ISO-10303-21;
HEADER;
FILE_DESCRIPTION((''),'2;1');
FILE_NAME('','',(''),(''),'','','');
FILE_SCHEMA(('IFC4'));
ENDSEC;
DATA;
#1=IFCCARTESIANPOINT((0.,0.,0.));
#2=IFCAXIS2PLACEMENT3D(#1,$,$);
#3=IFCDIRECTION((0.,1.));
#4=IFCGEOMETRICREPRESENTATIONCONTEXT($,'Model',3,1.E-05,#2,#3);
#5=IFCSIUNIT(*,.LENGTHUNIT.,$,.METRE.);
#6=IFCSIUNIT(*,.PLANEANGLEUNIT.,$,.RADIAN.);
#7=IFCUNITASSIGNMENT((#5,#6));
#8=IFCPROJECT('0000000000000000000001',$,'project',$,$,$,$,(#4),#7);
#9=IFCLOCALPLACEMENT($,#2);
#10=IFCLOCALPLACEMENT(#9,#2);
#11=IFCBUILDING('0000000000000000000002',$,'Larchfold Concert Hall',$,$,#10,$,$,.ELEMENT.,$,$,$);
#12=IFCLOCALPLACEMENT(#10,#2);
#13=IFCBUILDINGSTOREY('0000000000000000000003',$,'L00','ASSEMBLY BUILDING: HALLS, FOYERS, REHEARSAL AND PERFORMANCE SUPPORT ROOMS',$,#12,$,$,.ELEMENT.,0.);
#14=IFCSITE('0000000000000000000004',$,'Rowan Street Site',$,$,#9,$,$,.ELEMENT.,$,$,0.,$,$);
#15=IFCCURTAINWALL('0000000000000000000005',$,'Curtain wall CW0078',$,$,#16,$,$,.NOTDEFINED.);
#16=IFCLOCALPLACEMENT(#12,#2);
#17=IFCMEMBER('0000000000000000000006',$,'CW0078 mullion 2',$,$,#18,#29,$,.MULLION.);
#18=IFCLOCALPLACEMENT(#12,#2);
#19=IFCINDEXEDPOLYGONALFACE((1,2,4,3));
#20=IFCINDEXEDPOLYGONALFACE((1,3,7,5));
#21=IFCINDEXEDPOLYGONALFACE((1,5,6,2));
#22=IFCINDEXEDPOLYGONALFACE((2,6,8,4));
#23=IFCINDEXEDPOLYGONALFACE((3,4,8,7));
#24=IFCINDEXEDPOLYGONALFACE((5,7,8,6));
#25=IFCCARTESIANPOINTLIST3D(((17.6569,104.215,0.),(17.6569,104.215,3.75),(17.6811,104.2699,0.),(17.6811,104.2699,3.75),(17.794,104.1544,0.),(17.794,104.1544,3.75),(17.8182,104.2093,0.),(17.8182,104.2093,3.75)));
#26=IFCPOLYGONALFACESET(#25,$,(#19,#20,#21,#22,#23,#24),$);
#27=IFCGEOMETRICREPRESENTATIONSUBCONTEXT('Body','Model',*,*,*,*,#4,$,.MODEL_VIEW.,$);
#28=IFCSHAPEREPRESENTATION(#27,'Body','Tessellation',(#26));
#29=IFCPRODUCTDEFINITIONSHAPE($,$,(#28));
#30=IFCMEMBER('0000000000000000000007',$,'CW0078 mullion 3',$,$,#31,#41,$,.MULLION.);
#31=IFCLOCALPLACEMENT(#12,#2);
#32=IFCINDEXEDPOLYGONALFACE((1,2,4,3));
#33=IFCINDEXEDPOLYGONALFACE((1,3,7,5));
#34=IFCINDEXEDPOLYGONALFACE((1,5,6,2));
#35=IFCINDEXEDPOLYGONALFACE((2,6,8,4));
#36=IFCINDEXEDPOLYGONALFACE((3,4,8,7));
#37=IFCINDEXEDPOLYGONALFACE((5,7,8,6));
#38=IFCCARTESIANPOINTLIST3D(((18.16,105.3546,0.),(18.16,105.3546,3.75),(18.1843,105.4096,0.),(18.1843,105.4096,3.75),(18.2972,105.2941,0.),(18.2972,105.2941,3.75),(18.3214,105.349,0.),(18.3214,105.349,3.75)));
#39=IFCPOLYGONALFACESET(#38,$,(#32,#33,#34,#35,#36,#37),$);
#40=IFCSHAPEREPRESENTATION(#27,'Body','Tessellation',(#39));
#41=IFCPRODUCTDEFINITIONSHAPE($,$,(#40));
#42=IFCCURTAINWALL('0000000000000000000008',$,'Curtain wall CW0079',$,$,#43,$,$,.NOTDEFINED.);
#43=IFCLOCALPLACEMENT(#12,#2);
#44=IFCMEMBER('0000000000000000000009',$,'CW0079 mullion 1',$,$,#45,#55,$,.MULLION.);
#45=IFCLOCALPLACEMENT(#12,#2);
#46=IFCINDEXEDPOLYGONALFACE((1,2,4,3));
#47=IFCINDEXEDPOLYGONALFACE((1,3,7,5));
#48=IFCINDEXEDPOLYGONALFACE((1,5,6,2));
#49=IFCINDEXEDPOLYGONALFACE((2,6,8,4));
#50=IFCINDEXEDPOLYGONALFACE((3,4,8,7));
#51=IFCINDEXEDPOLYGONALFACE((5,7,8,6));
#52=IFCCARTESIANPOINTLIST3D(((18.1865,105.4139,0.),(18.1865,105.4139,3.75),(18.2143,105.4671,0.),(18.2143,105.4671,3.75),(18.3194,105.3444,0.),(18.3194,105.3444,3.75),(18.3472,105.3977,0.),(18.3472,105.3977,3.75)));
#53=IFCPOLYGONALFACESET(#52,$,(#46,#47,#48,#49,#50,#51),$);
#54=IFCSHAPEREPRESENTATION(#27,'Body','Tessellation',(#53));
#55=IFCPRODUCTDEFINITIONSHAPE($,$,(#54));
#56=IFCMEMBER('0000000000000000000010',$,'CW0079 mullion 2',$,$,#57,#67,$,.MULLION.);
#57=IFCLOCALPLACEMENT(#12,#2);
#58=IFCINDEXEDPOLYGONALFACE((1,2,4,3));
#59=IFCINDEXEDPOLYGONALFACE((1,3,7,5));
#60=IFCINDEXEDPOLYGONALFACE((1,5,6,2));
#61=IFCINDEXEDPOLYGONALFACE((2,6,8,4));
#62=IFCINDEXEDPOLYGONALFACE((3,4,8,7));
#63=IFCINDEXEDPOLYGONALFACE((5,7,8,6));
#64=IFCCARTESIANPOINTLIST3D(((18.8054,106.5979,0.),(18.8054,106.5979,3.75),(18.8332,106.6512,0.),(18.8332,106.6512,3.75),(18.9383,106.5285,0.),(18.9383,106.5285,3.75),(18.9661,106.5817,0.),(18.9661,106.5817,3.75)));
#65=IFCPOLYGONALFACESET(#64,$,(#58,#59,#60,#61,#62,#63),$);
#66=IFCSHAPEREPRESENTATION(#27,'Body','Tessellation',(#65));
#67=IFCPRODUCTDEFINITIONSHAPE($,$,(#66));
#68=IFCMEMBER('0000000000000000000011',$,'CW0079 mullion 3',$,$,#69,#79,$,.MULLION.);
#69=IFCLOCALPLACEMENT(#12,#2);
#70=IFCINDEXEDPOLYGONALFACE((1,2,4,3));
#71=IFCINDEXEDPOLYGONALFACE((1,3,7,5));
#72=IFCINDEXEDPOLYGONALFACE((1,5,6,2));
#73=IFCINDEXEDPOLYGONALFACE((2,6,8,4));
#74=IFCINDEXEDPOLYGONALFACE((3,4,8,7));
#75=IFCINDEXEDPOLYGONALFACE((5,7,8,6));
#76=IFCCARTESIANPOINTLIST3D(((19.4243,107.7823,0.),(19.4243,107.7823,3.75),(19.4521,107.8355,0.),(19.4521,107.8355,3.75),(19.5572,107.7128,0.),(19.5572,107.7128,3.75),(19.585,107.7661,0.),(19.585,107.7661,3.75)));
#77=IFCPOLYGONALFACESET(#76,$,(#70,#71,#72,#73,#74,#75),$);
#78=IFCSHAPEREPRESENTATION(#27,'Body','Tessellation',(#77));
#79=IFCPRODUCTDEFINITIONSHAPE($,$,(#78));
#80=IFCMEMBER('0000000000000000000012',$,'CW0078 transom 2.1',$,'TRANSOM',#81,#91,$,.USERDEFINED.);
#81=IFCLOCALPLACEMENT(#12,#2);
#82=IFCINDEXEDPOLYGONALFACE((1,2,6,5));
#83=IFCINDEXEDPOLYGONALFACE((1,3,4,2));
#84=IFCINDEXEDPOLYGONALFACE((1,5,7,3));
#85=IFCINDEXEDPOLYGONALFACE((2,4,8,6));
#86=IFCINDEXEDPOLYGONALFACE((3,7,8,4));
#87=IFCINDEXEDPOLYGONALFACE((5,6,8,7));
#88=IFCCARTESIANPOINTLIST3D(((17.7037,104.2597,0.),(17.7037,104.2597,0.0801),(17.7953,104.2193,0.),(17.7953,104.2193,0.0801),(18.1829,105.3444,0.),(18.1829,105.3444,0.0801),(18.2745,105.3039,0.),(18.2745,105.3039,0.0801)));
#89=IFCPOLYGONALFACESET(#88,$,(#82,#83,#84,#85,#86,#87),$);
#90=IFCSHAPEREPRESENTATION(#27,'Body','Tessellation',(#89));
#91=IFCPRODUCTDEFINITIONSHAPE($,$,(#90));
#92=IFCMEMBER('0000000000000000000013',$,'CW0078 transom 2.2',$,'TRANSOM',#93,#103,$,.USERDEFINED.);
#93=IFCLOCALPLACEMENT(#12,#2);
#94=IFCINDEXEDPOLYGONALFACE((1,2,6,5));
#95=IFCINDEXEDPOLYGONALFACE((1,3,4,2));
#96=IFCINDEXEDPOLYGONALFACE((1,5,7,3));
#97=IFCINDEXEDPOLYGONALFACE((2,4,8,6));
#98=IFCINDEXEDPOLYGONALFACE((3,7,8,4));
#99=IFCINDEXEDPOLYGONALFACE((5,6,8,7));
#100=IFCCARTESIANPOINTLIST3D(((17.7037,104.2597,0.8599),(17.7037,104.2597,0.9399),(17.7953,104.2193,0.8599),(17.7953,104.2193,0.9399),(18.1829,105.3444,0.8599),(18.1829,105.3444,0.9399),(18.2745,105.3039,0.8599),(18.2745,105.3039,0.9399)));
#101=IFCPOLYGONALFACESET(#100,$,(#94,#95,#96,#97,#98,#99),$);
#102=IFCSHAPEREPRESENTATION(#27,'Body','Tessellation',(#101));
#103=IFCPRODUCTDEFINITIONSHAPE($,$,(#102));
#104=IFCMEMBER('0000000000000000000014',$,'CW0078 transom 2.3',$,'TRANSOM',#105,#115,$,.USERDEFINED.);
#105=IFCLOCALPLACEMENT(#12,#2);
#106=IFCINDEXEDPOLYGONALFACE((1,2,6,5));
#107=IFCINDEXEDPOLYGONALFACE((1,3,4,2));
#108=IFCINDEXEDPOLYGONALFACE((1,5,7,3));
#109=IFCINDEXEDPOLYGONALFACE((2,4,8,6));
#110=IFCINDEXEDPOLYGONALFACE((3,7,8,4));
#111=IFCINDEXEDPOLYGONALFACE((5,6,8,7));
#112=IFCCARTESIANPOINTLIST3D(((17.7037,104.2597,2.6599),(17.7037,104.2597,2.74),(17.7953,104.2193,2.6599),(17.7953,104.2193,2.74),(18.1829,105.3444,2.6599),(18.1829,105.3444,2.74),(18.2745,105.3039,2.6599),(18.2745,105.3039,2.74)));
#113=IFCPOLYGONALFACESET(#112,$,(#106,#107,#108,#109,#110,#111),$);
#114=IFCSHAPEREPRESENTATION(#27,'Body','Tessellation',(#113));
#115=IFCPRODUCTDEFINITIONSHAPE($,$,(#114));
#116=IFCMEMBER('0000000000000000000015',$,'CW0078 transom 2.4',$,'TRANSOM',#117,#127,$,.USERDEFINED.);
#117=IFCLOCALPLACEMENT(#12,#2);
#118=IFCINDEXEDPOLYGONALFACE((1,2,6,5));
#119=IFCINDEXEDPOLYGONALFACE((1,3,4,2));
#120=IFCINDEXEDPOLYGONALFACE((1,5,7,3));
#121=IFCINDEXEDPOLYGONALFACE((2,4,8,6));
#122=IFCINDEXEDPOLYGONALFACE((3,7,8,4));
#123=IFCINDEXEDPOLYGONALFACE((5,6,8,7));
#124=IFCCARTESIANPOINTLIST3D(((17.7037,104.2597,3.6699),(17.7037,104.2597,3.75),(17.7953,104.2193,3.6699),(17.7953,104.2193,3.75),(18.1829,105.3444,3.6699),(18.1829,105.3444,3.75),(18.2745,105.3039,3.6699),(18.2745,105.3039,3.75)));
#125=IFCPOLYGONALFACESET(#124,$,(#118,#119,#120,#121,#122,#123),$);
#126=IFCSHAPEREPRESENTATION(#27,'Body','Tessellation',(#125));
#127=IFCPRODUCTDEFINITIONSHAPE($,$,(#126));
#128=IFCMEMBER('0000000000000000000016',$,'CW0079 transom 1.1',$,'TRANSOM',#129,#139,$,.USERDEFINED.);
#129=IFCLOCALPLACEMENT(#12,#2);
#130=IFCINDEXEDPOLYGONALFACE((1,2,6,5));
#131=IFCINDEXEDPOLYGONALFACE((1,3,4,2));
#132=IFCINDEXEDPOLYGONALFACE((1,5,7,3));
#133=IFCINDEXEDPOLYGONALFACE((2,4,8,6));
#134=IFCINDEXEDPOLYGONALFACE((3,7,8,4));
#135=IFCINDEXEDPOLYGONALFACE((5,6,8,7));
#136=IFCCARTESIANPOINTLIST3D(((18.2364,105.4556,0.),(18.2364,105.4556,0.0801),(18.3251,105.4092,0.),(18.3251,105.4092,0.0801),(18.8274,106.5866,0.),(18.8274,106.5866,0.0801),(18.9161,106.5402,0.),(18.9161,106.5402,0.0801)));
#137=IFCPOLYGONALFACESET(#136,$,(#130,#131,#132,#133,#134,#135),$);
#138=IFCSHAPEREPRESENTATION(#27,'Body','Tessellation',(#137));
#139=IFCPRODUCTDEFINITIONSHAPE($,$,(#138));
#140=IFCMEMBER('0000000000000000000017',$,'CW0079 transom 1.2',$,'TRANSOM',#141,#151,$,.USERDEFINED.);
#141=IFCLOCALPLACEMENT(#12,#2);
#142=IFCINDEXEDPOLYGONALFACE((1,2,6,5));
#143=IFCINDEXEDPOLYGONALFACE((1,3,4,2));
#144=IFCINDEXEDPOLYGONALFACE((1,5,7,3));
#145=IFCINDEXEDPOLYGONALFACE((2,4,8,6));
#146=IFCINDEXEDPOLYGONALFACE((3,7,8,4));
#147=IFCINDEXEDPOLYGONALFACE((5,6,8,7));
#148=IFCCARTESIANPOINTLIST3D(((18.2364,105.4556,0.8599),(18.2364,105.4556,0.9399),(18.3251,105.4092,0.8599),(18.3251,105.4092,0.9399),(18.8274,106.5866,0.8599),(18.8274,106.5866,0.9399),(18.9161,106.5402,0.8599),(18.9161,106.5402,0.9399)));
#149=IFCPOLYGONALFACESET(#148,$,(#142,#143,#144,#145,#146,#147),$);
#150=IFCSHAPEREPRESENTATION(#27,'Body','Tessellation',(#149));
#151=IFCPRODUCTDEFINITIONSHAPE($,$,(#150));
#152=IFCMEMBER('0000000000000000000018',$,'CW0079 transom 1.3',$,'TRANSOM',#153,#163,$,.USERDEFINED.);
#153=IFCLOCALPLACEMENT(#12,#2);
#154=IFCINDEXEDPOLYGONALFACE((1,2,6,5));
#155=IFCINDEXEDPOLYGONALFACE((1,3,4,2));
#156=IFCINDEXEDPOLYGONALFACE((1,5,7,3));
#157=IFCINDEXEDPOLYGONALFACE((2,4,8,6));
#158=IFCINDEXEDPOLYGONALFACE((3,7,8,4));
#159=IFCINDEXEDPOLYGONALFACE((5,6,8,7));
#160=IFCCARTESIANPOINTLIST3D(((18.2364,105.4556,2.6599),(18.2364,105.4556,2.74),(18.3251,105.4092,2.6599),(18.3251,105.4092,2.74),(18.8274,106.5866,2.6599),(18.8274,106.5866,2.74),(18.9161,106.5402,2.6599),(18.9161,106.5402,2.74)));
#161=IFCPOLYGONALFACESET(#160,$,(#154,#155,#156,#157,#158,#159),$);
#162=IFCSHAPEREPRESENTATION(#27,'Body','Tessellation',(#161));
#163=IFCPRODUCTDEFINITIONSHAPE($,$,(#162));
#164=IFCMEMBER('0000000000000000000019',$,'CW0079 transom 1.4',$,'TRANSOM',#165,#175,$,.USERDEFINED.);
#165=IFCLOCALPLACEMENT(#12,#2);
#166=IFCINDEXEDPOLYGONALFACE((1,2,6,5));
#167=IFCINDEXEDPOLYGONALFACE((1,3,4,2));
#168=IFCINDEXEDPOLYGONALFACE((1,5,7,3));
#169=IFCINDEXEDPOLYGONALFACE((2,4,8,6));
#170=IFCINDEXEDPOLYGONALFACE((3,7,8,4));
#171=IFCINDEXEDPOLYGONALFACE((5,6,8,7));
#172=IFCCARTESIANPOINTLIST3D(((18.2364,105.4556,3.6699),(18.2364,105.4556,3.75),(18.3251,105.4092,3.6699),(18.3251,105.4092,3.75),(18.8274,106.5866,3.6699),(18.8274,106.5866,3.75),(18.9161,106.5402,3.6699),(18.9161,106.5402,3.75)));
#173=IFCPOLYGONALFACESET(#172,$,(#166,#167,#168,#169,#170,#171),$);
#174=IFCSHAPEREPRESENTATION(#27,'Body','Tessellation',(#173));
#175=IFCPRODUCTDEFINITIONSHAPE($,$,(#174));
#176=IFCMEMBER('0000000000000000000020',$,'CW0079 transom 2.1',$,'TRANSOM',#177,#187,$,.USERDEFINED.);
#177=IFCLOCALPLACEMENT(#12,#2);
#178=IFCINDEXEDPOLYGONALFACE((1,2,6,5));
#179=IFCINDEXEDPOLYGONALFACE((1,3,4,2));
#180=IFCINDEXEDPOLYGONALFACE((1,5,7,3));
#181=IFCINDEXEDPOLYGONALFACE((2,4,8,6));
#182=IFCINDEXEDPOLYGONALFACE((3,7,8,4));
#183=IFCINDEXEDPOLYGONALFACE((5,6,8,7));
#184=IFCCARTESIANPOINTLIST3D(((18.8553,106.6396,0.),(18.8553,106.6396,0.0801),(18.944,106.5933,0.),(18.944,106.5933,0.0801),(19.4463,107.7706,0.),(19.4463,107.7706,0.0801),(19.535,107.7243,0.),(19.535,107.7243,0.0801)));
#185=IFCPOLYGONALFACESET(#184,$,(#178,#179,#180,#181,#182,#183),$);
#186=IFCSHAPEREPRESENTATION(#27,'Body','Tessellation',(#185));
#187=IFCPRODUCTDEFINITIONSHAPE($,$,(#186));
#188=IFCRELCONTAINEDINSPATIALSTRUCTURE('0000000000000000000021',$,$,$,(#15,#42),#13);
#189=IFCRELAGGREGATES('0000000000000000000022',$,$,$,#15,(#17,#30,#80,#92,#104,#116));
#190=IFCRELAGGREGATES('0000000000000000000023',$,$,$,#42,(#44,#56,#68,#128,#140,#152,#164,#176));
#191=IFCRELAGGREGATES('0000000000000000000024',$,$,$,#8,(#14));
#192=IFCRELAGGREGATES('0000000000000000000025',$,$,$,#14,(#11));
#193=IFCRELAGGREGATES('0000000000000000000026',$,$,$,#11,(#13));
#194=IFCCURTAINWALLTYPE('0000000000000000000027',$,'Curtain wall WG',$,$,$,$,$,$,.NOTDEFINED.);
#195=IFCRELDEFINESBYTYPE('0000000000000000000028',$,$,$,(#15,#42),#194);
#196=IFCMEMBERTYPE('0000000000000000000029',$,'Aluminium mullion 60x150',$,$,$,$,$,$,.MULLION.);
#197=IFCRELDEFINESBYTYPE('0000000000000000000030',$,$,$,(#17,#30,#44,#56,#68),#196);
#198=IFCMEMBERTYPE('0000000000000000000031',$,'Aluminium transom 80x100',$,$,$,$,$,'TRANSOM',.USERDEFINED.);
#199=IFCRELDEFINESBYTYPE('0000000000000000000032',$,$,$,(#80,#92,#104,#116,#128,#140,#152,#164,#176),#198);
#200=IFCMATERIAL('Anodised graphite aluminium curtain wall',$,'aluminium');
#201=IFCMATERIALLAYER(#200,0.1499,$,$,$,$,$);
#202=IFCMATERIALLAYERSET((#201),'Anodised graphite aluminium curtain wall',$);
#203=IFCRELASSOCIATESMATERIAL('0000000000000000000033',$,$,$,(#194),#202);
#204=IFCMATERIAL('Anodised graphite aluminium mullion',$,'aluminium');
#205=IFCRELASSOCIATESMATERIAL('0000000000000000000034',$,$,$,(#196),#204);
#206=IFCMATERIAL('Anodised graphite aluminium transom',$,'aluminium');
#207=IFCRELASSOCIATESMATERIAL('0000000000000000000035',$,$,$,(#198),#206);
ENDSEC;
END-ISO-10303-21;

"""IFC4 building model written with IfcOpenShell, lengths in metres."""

from ifc_helpers import new_model, si_unit, direction, frame, origin, origin_2d, place, context, subcontext, project, spatial, rectangle, extrude, material, layer, layer_set, material_profile, profile_set, type_object, element, aggregate, save


model = new_model("IFC4")

# Units and contexts
model_context = context("Model", 3, precision=1e-05, world=origin(), true_north=direction((0.0, 1.0)))
body_context = subcontext(model_context, "Body", "Model", "MODEL_VIEW")
ifc_project = project(units=[si_unit("LENGTHUNIT", "METRE"), si_unit("PLANEANGLEUNIT", "RADIAN")], contexts=[model_context])

# Site, building, storey
site_placement = place(None, origin())
site = spatial("IfcSite", under=ifc_project, at=site_placement, Name="Rowan Street Site", CompositionType="ELEMENT", RefElevation=0.0)
building_placement = place(site_placement, origin())
building = spatial("IfcBuilding", under=site, at=building_placement, Name="Larchfold Concert Hall", CompositionType="ELEMENT")
storey_placement = place(building_placement, origin())
storey = spatial("IfcBuildingStorey", under=building, at=storey_placement, Name="L00", Description="ASSEMBLY BUILDING: HALLS, FOYERS, REHEARSAL AND PERFORMANCE SUPPORT ROOMS", CompositionType="ELEMENT", Elevation=0.0)

# Curtain walls, members
ifc_material_1 = material(Name="Anodised graphite aluminium curtain wall", Category="aluminium")
ifc_layer_1 = layer(ifc_material_1, 0.1499)
ifc_layer_set_1 = layer_set([ifc_layer_1], Name="Anodised graphite aluminium curtain wall")
curtain_wall_type = type_object("IfcCurtainWallType", Name="Curtain wall WG", PredefinedType="NOTDEFINED", material=ifc_layer_set_1)
curtain_wall_1_placement = place(storey_placement, origin())
curtain_wall_1 = element("IfcCurtainWall", 1, at=curtain_wall_1_placement, inside=storey, type_object=curtain_wall_type, Name="Curtain wall CW0078", PredefinedType="NOTDEFINED")
ifc_material_2 = material(Name="Anodised graphite aluminium mullion", Category="aluminium")
ifc_material_profile_1 = material_profile(ifc_material_2, rectangle(XDim=0.1499, YDim=0.0601, at=origin_2d()))
ifc_profile_set_1 = profile_set([ifc_material_profile_1], Name="Anodised graphite aluminium mullion")
member_type_1 = type_object("IfcMemberType", Name="Aluminium mullion 60x150", PredefinedType="MULLION", material=ifc_profile_set_1)
member_1_placement = place(storey_placement, frame((17.7375, 104.2122, 0.0), z_axis=(0.0, 0.0, 1.0), x_axis=(-0.914744, 0.404034, 0.0)))
member_1 = element("IfcMember", 2, at=member_1_placement, type_object=member_type_1, Name="CW0078 mullion 2", PredefinedType="MULLION", context=body_context, shape_type="SweptSolid", body=[
    extrude(rectangle(XDim=0.1499, YDim=0.0601, at=origin_2d()), origin(), (0.0, 0.0, 1.0), 3.75),
])
member_2_placement = place(storey_placement, frame((18.2407, 105.3518, 0.0), z_axis=(0.0, 0.0, 1.0), x_axis=(-0.914744, 0.404034, 0.0)))
member_2 = element("IfcMember", 3, at=member_2_placement, type_object=member_type_1, Name="CW0078 mullion 3", PredefinedType="MULLION", context=body_context, shape_type="SweptSolid", body=[
    extrude(rectangle(XDim=0.1499, YDim=0.0601, at=origin_2d()), origin(), (0.0, 0.0, 1.0), 3.75),
])
curtain_wall_2_placement = place(storey_placement, origin())
curtain_wall_2 = element("IfcCurtainWall", 4, at=curtain_wall_2_placement, inside=storey, type_object=curtain_wall_type, Name="Curtain wall CW0079", PredefinedType="NOTDEFINED")
member_3_placement = place(storey_placement, frame((18.2668, 105.4058, 0.0), z_axis=(0.0, 0.0, 1.0), x_axis=(-0.88626, 0.463189, 0.0)))
member_3 = element("IfcMember", 5, at=member_3_placement, type_object=member_type_1, Name="CW0079 mullion 1", PredefinedType="MULLION", context=body_context, shape_type="SweptSolid", body=[
    extrude(rectangle(XDim=0.1499, YDim=0.0601, at=origin_2d()), origin(), (0.0, 0.0, 1.0), 3.75),
])
member_4_placement = place(storey_placement, frame((18.8857, 106.5898, 0.0), z_axis=(0.0, 0.0, 1.0), x_axis=(-0.88626, 0.463189, 0.0)))
member_4 = element("IfcMember", 6, at=member_4_placement, type_object=member_type_1, Name="CW0079 mullion 2", PredefinedType="MULLION", context=body_context, shape_type="SweptSolid", body=[
    extrude(rectangle(XDim=0.1499, YDim=0.0601, at=origin_2d()), origin(), (0.0, 0.0, 1.0), 3.75),
])
member_5_placement = place(storey_placement, frame((19.5046, 107.7742, 0.0), z_axis=(0.0, 0.0, 1.0), x_axis=(-0.88626, 0.463189, 0.0)))
member_5 = element("IfcMember", 7, at=member_5_placement, type_object=member_type_1, Name="CW0079 mullion 3", PredefinedType="MULLION", context=body_context, shape_type="SweptSolid", body=[
    extrude(rectangle(XDim=0.1499, YDim=0.0601, at=origin_2d()), origin(), (0.0, 0.0, 1.0), 3.75),
])

# Members
ifc_material_3 = material(Name="Anodised graphite aluminium transom", Category="aluminium")
ifc_material_profile_2 = material_profile(ifc_material_3, rectangle(XDim=0.1001, YDim=0.0801, at=origin_2d()))
ifc_profile_set_2 = profile_set([ifc_material_profile_2], Name="Anodised graphite aluminium transom")
member_type_2 = type_object("IfcMemberType", Name="Aluminium transom 80x100", ElementType="TRANSOM", PredefinedType="USERDEFINED", material=ifc_profile_set_2)
member_6_placement = place(storey_placement, frame((17.7495, 104.2395, 0.04), z_axis=(0.404132, 0.914701, 0.0), x_axis=(-0.914701, 0.404132, 0.0)))
member_6 = element("IfcMember", 8, at=member_6_placement, type_object=member_type_2, Name="CW0078 transom 2.1", ObjectType="TRANSOM", PredefinedType="USERDEFINED", context=body_context, shape_type="SweptSolid", body=[
    extrude(rectangle(XDim=0.1001, YDim=0.0801, at=origin_2d()), origin(), (0.0, 0.0, 1.0), 1.1858),
])
member_7_placement = place(storey_placement, frame((17.7495, 104.2395, 0.8999), z_axis=(0.404132, 0.914701, 0.0), x_axis=(-0.914701, 0.404132, 0.0)))
member_7 = element("IfcMember", 9, at=member_7_placement, type_object=member_type_2, Name="CW0078 transom 2.2", ObjectType="TRANSOM", PredefinedType="USERDEFINED", context=body_context, shape_type="SweptSolid", body=[
    extrude(rectangle(XDim=0.1001, YDim=0.0801, at=origin_2d()), origin(), (0.0, 0.0, 1.0), 1.1858),
])
member_8_placement = place(storey_placement, frame((17.7495, 104.2395, 2.7), z_axis=(0.404132, 0.914701, 0.0), x_axis=(-0.914701, 0.404132, 0.0)))
member_8 = element("IfcMember", 10, at=member_8_placement, type_object=member_type_2, Name="CW0078 transom 2.3", ObjectType="TRANSOM", PredefinedType="USERDEFINED", context=body_context, shape_type="SweptSolid", body=[
    extrude(rectangle(XDim=0.1001, YDim=0.0801, at=origin_2d()), origin(), (0.0, 0.0, 1.0), 1.1858),
])
member_9_placement = place(storey_placement, frame((17.7495, 104.2395, 3.71), z_axis=(0.404132, 0.914701, 0.0), x_axis=(-0.914701, 0.404132, 0.0)))
member_9 = element("IfcMember", 11, at=member_9_placement, type_object=member_type_2, Name="CW0078 transom 2.4", ObjectType="TRANSOM", PredefinedType="USERDEFINED", context=body_context, shape_type="SweptSolid", body=[
    extrude(rectangle(XDim=0.1001, YDim=0.0801, at=origin_2d()), origin(), (0.0, 0.0, 1.0), 1.1858),
])
member_10_placement = place(storey_placement, frame((18.2808, 105.4324, 0.04), z_axis=(0.463135, 0.886288, 0.0), x_axis=(-0.886288, 0.463135, 0.0)))
member_10 = element("IfcMember", 12, at=member_10_placement, type_object=member_type_2, Name="CW0079 transom 1.1", ObjectType="TRANSOM", PredefinedType="USERDEFINED", context=body_context, shape_type="SweptSolid", body=[
    extrude(rectangle(XDim=0.1001, YDim=0.0801, at=origin_2d()), origin(), (0.0, 0.0, 1.0), 1.2761),
])
member_11_placement = place(storey_placement, frame((18.2808, 105.4324, 0.8999), z_axis=(0.463135, 0.886288, 0.0), x_axis=(-0.886288, 0.463135, 0.0)))
member_11 = element("IfcMember", 13, at=member_11_placement, type_object=member_type_2, Name="CW0079 transom 1.2", ObjectType="TRANSOM", PredefinedType="USERDEFINED", context=body_context, shape_type="SweptSolid", body=[
    extrude(rectangle(XDim=0.1001, YDim=0.0801, at=origin_2d()), origin(), (0.0, 0.0, 1.0), 1.2761),
])
member_12_placement = place(storey_placement, frame((18.2808, 105.4324, 2.7), z_axis=(0.463135, 0.886288, 0.0), x_axis=(-0.886288, 0.463135, 0.0)))
member_12 = element("IfcMember", 14, at=member_12_placement, type_object=member_type_2, Name="CW0079 transom 1.3", ObjectType="TRANSOM", PredefinedType="USERDEFINED", context=body_context, shape_type="SweptSolid", body=[
    extrude(rectangle(XDim=0.1001, YDim=0.0801, at=origin_2d()), origin(), (0.0, 0.0, 1.0), 1.2761),
])
member_13_placement = place(storey_placement, frame((18.2808, 105.4324, 3.71), z_axis=(0.463135, 0.886288, 0.0), x_axis=(-0.886288, 0.463135, 0.0)))
member_13 = element("IfcMember", 15, at=member_13_placement, type_object=member_type_2, Name="CW0079 transom 1.4", ObjectType="TRANSOM", PredefinedType="USERDEFINED", context=body_context, shape_type="SweptSolid", body=[
    extrude(rectangle(XDim=0.1001, YDim=0.0801, at=origin_2d()), origin(), (0.0, 0.0, 1.0), 1.2761),
])
member_14_placement = place(storey_placement, frame((18.8997, 106.6165, 0.04), z_axis=(0.463135, 0.886288, 0.0), x_axis=(-0.886288, 0.463135, 0.0)))
member_14 = element("IfcMember", 16, at=member_14_placement, type_object=member_type_2, Name="CW0079 transom 2.1", ObjectType="TRANSOM", PredefinedType="USERDEFINED", context=body_context, shape_type="SweptSolid", body=[
    extrude(rectangle(XDim=0.1001, YDim=0.0801, at=origin_2d()), origin(), (0.0, 0.0, 1.0), 1.2761),
])

aggregate(curtain_wall_1, [member_1, member_2, member_6, member_7, member_8, member_9])
aggregate(curtain_wall_2, [member_3, member_4, member_5, member_10, member_11, member_12, member_13, member_14])

save(model, "model.ifc")
